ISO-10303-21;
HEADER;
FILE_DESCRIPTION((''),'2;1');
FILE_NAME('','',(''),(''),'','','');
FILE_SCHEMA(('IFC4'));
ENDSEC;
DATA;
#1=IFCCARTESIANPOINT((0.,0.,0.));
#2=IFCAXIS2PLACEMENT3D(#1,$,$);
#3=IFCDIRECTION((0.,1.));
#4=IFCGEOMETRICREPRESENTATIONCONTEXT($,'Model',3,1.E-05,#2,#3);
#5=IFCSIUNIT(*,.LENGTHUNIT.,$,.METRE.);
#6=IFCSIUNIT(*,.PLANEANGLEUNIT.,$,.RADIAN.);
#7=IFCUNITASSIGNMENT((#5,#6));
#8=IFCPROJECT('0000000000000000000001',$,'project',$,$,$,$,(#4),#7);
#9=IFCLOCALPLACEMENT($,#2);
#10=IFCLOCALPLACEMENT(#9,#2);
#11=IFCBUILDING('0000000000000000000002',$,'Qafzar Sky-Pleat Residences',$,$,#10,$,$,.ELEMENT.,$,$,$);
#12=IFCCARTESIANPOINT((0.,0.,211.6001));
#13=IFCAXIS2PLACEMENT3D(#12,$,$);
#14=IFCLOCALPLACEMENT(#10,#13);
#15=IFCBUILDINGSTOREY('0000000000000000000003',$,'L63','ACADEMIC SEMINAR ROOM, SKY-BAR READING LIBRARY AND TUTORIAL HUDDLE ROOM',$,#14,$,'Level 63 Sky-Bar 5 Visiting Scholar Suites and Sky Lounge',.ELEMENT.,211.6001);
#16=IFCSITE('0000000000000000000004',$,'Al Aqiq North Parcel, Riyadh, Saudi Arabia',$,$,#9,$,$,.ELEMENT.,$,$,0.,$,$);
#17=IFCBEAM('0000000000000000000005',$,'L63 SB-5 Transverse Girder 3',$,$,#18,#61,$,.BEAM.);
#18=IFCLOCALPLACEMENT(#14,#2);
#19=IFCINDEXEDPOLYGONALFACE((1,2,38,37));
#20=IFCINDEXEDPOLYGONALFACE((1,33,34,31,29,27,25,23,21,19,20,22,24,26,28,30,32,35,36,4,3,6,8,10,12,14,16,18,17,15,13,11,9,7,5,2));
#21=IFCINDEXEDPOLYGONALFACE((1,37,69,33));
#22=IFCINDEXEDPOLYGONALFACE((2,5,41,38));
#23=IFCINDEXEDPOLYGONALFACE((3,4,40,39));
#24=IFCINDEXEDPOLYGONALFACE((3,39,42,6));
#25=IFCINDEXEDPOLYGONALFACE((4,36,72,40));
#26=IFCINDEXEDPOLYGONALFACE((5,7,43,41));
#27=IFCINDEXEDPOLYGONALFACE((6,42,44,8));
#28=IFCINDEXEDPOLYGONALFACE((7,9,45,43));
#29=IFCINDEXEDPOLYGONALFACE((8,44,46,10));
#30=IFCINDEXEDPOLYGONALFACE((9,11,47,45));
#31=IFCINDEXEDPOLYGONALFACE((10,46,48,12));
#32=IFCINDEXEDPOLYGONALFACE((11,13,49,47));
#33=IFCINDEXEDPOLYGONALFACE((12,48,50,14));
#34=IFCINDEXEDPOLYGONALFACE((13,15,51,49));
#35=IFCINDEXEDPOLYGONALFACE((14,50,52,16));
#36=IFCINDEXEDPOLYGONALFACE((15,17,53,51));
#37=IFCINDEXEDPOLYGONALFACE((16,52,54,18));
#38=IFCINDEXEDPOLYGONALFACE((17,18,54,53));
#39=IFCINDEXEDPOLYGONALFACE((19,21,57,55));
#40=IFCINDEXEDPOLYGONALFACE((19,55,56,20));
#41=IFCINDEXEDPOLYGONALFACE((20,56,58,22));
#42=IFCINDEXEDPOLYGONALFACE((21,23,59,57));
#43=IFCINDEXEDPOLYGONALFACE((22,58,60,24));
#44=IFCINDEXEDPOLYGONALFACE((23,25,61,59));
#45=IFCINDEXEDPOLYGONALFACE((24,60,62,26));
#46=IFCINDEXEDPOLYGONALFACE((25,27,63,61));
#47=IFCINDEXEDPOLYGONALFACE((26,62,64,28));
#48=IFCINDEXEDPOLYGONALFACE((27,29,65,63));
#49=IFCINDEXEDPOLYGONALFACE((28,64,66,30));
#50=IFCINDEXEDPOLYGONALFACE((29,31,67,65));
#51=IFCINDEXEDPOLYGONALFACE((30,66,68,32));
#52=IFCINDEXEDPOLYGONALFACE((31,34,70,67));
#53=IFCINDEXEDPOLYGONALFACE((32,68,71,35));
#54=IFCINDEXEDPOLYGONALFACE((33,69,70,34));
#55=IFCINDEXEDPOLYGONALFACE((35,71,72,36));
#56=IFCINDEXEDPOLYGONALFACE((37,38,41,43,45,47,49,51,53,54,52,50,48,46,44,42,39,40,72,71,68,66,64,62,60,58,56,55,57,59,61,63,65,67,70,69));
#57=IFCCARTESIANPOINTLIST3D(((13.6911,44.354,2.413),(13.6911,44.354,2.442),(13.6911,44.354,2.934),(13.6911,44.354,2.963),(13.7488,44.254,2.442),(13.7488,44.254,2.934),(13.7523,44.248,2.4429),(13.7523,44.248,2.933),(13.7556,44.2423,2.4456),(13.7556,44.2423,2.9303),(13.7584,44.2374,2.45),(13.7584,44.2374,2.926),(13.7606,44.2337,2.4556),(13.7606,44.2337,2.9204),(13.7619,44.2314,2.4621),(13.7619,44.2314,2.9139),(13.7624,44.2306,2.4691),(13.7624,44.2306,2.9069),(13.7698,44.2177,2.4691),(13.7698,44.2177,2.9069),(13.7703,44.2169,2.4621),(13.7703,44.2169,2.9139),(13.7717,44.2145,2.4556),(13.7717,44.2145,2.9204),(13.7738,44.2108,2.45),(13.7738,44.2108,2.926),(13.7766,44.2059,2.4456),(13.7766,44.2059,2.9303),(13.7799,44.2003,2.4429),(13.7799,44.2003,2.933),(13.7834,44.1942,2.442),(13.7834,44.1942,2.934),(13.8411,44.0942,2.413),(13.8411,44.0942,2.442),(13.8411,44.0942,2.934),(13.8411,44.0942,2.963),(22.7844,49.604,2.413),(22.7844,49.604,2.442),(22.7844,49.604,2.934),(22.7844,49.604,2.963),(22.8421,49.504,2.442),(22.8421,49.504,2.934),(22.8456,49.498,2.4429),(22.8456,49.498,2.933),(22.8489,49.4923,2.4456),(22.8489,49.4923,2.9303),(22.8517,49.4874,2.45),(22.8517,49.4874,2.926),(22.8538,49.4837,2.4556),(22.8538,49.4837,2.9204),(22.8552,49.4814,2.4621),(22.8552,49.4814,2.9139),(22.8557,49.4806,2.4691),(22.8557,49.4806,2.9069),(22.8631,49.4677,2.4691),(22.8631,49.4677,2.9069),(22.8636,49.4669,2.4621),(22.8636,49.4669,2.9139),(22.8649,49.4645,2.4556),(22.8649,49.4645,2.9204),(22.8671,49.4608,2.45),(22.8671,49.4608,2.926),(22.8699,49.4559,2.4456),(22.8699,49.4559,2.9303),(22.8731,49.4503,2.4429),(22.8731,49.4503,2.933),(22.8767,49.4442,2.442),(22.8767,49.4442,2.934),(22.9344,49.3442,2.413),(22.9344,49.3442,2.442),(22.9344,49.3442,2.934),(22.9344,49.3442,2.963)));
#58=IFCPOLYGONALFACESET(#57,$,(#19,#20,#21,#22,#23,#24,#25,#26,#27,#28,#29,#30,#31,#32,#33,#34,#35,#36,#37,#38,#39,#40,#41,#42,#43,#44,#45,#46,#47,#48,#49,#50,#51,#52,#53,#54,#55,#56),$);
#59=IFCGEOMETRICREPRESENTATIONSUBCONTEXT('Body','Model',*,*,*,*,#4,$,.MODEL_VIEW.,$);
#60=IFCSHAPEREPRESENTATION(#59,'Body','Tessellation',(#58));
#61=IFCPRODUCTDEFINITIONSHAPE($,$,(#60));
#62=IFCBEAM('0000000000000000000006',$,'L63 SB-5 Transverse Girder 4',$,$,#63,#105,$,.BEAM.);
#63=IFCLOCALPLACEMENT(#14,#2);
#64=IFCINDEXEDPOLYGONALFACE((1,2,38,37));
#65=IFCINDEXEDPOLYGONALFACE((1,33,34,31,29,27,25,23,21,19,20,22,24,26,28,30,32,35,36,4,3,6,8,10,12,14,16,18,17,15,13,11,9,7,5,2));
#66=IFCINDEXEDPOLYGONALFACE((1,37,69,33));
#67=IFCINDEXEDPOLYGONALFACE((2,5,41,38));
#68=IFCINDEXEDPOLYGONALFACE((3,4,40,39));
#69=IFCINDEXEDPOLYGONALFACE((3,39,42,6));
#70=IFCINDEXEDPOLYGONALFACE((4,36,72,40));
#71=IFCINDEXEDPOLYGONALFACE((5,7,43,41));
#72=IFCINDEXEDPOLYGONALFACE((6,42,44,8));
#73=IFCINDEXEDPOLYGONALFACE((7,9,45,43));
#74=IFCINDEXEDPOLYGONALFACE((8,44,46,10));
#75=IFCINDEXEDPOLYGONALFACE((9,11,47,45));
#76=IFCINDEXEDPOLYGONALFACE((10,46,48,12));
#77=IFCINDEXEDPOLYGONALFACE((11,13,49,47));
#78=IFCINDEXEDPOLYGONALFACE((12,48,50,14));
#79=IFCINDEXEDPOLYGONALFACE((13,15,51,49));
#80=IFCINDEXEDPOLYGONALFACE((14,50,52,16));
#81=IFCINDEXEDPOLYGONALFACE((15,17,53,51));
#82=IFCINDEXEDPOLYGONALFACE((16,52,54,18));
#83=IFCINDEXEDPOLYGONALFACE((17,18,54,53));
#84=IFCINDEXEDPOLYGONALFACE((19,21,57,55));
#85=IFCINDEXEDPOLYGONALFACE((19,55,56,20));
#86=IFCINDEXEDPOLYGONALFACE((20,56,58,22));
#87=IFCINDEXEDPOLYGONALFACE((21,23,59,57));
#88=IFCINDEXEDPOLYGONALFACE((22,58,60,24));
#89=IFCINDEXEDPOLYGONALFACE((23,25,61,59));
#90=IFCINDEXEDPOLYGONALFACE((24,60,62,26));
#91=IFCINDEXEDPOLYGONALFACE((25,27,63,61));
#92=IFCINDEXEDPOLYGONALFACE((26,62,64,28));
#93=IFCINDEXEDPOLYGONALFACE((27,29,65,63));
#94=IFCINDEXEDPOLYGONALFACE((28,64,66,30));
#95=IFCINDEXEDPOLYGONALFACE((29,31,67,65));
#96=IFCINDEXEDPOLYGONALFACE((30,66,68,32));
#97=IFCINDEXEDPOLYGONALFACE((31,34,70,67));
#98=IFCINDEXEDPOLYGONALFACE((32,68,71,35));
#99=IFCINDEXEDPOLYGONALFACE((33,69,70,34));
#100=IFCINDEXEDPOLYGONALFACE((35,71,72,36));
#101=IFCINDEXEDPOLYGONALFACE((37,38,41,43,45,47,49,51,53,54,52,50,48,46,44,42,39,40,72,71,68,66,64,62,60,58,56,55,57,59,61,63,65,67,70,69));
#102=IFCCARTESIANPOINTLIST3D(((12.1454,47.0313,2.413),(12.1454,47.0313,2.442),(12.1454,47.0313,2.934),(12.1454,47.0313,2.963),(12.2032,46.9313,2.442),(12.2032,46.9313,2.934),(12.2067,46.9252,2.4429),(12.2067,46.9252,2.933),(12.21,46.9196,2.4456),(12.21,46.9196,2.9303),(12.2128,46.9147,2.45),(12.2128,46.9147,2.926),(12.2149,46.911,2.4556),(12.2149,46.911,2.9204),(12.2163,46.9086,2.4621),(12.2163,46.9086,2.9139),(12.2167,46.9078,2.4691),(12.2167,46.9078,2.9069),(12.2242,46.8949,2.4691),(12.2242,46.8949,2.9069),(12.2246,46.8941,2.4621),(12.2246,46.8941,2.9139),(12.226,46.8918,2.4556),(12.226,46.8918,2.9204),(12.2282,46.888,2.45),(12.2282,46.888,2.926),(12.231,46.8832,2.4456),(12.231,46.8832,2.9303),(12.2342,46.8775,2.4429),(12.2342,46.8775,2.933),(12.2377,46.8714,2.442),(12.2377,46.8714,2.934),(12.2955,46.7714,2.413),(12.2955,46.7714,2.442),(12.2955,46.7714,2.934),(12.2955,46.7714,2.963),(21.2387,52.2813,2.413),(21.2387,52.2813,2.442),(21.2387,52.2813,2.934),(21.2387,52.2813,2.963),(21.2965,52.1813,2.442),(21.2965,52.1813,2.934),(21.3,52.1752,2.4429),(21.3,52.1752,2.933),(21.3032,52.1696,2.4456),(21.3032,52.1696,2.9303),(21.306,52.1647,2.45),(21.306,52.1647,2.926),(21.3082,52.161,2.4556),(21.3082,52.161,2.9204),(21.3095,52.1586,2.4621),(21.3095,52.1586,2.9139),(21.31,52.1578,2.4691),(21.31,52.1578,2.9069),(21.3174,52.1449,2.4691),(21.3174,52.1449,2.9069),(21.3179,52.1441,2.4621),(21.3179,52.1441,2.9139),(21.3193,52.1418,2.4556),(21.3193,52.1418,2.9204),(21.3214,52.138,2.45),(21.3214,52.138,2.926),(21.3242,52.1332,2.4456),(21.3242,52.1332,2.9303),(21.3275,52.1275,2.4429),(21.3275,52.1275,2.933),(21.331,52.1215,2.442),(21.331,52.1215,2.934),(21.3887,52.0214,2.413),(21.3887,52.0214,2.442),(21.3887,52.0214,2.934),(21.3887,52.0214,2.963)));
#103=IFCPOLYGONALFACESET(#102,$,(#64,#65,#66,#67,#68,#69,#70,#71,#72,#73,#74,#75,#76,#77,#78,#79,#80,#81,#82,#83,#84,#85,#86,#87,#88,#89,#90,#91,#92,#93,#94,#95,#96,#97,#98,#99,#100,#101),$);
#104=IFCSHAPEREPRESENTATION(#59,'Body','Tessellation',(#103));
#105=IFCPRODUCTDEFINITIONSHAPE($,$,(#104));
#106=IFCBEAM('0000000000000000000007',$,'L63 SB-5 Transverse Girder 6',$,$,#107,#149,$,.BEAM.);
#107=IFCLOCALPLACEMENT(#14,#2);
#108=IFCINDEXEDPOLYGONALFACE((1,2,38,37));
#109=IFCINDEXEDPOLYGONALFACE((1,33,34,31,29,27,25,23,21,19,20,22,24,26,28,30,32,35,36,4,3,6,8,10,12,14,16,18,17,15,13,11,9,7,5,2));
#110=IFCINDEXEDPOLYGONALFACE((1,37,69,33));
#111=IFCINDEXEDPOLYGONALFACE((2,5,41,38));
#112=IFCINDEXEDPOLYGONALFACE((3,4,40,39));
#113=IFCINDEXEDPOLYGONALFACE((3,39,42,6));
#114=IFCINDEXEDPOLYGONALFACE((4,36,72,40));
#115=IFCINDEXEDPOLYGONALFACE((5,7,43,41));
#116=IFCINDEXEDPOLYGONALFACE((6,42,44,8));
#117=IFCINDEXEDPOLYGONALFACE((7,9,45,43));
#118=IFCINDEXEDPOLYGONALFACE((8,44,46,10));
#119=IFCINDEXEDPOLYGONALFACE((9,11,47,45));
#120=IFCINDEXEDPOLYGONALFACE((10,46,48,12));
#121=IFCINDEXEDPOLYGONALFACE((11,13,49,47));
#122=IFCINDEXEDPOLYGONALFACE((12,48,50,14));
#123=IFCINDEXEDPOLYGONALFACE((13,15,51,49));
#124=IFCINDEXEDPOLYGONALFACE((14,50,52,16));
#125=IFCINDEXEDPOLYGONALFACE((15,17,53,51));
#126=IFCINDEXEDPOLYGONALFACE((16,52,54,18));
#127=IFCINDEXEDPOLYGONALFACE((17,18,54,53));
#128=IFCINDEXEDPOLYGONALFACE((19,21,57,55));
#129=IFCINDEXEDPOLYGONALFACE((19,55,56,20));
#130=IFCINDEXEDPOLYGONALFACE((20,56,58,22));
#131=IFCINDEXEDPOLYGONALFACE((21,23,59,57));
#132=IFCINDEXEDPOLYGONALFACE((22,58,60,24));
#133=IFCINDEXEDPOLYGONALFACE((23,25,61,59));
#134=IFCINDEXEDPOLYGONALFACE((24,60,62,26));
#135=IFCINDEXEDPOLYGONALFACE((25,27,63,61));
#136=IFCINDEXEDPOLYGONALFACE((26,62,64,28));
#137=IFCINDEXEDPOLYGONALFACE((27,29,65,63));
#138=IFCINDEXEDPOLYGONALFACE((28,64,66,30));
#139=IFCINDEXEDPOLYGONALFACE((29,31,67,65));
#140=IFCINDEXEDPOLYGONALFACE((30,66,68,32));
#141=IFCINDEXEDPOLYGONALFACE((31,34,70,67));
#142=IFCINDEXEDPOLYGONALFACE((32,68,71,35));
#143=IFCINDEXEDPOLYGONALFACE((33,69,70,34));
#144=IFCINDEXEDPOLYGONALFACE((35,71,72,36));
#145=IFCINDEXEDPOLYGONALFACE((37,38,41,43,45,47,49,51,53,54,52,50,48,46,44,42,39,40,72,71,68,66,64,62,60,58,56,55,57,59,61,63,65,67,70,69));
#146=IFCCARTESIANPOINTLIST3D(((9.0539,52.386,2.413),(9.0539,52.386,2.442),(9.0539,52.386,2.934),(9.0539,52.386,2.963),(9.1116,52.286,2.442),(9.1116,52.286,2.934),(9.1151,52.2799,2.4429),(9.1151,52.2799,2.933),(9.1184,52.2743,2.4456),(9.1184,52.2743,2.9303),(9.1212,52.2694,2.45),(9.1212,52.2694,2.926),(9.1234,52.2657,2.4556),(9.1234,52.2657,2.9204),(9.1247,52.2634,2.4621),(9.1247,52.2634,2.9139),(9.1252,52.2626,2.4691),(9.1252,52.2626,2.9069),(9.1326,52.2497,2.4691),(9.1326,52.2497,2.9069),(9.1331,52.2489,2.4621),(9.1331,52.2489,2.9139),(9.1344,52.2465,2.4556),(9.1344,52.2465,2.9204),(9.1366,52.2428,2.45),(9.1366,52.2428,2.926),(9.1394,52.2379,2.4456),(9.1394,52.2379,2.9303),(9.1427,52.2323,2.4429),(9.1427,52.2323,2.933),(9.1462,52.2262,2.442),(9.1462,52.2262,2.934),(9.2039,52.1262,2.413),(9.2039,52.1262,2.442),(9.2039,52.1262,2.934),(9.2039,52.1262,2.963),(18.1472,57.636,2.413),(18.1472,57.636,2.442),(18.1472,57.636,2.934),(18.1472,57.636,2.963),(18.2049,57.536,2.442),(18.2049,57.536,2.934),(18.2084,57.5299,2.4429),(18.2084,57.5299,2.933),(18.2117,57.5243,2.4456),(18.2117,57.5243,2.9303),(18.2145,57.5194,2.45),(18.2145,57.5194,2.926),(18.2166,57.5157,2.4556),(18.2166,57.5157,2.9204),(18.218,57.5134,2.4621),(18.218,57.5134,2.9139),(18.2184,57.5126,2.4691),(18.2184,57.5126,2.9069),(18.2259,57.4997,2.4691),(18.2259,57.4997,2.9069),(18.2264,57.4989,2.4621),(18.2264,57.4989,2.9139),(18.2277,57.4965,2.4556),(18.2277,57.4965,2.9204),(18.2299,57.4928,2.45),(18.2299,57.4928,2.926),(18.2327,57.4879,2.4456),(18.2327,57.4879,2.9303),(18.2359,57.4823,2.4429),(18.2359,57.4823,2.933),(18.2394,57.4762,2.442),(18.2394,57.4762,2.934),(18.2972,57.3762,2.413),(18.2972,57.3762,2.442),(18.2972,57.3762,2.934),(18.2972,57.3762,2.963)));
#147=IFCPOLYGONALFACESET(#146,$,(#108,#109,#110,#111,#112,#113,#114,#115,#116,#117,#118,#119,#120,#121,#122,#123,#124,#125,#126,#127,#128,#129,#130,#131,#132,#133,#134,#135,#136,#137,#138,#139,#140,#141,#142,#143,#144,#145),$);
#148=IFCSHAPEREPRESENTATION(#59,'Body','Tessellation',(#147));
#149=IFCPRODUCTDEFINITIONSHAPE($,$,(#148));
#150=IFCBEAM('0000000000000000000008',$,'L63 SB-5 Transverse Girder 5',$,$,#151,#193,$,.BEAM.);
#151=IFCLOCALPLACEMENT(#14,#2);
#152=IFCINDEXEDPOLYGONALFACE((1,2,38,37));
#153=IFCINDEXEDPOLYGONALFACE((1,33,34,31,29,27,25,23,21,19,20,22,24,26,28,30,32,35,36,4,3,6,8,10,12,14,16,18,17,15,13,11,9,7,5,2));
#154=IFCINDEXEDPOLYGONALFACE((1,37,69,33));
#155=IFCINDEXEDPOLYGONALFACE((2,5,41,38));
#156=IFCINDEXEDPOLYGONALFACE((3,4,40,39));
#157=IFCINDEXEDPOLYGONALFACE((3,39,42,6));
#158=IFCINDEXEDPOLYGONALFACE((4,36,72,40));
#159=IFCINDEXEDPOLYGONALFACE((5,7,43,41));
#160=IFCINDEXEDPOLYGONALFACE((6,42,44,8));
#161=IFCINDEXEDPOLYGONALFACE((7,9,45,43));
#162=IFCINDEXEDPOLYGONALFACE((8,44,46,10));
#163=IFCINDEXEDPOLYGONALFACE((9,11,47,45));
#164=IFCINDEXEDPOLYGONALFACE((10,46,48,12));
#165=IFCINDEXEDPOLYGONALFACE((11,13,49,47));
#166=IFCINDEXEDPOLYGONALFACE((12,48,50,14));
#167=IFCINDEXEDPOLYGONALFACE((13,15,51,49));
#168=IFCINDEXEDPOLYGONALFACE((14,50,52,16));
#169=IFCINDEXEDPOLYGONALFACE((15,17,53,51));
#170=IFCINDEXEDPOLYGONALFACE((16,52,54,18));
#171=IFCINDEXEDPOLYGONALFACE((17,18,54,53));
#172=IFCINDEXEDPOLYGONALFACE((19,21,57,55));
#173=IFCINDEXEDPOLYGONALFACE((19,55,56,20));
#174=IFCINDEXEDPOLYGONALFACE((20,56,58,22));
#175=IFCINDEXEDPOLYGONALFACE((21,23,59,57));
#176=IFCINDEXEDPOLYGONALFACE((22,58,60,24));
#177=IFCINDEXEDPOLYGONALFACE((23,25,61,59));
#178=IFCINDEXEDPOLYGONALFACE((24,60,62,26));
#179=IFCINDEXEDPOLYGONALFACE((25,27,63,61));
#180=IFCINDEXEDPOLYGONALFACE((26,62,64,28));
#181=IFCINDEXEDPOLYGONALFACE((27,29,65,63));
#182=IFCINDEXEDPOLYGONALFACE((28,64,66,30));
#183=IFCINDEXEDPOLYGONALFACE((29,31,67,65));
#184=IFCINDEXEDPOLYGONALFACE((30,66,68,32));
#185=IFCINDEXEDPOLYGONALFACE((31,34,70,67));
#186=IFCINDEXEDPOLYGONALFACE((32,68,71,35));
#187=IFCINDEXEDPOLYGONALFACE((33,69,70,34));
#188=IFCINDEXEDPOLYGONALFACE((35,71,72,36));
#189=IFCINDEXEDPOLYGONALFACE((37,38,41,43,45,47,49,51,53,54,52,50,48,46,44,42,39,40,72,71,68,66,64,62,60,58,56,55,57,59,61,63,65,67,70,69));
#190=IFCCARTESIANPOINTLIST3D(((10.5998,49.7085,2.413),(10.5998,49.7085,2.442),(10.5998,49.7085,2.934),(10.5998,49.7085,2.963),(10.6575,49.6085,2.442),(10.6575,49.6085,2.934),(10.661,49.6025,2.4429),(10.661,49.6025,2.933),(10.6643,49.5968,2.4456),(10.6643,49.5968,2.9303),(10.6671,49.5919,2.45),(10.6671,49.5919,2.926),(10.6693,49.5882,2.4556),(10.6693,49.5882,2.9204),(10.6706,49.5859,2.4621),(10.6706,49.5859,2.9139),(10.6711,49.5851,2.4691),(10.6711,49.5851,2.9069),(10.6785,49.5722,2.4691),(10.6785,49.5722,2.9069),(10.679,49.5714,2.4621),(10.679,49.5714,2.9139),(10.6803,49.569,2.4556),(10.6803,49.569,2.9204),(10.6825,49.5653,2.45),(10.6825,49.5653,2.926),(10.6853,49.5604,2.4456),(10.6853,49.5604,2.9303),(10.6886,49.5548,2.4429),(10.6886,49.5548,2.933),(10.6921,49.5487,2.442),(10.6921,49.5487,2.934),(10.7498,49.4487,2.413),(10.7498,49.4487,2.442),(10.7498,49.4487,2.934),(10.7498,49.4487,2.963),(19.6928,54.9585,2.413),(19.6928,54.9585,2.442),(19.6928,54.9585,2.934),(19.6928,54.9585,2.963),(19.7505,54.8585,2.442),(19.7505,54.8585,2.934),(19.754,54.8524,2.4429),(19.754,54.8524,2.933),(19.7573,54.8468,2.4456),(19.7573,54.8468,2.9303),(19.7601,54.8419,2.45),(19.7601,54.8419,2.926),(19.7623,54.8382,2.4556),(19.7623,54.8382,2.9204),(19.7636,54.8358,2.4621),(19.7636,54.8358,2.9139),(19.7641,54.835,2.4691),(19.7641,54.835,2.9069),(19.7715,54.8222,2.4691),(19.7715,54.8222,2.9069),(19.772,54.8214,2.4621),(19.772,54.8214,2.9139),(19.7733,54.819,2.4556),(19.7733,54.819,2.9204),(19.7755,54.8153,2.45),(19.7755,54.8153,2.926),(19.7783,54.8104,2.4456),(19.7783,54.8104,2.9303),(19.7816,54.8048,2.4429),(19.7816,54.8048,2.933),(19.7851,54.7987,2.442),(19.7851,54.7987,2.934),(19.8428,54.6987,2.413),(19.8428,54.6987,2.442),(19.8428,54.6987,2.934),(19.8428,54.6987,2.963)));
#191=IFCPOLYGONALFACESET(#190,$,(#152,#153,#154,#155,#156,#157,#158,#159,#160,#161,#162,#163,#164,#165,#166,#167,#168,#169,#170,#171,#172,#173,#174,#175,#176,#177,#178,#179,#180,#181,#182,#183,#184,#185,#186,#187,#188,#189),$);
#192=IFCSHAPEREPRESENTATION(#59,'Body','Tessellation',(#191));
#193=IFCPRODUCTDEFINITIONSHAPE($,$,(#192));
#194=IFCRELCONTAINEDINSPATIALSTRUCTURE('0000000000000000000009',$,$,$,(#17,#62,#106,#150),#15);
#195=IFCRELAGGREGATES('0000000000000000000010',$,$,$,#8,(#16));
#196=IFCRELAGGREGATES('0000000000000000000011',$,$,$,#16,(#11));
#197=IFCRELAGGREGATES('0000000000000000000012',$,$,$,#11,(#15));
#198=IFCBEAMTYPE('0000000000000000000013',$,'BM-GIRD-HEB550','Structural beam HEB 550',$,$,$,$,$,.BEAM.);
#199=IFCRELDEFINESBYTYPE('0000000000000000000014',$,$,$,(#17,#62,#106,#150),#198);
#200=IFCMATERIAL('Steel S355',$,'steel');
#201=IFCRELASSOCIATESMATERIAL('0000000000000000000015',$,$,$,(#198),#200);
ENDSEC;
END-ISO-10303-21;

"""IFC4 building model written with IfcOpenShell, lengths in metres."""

from ifc_helpers import new_model, si_unit, direction, frame, origin, origin_2d, place, context, subcontext, project, spatial, i_section, extrude, source, transform, mapped, material, material_profile, profile_set, type_object, element, save


model = new_model("IFC4")

# Units and contexts
model_context = context("Model", 3, precision=1e-05, world=origin(), true_north=direction((0.0, 1.0)))
body_context = subcontext(model_context, "Body", "Model", "MODEL_VIEW")
ifc_project = project(units=[si_unit("LENGTHUNIT", "METRE"), si_unit("PLANEANGLEUNIT", "RADIAN")], contexts=[model_context])

# Site, building, storey
site_placement = place(None, origin())
site = spatial("IfcSite", under=ifc_project, at=site_placement, Name="Al Aqiq North Parcel, Riyadh, Saudi Arabia", CompositionType="ELEMENT", RefElevation=0.0)
building_placement = place(site_placement, origin())
building = spatial("IfcBuilding", under=site, at=building_placement, Name="Qafzar Sky-Pleat Residences", CompositionType="ELEMENT")
storey_placement = place(building_placement, frame((0.0, 0.0, 211.6001)))
storey = spatial("IfcBuildingStorey", under=building, at=storey_placement, Name="L63", Description="ACADEMIC SEMINAR ROOM, SKY-BAR READING LIBRARY AND TUTORIAL HUDDLE ROOM", LongName="Level 63 Sky-Bar 5 Visiting Scholar Suites and Sky Lounge", CompositionType="ELEMENT", Elevation=211.6001)

# Beams
ifc_material_1 = material(Name="Steel S355", Category="steel")
ifc_material_profile_1 = material_profile(ifc_material_1, i_section(OverallWidth=0.3, OverallDepth=0.55, WebThickness=0.0149, FlangeThickness=0.0291, FilletRadius=0.0271, at=origin_2d()), Name="HEB 550")
ifc_profile_set_1 = profile_set([ifc_material_profile_1], Name="Steel S355")
beam_type_1 = type_object("IfcBeamType", Name="BM-GIRD-HEB550", Description="Structural beam HEB 550", PredefinedType="BEAM", material=ifc_profile_set_1)
shared_shape_1 = source(origin(), body_context, "Body", "SweptSolid", [
    extrude(i_section(OverallWidth=0.3, OverallDepth=0.55, WebThickness=0.0149, FlangeThickness=0.0291, FilletRadius=0.0271, at=origin_2d()), origin(), (0.0, 0.0, 1.0), 10.5),
])
for number, where, z_axis, x_axis, name in (
    (1, (13.7661, 44.2241, 2.688), (0.866025, 0.5, 0.0), (-0.5, 0.866025, 0.0), "L63 SB-5 Transverse Girder 3"),
    (2, (12.2205, 46.9014, 2.688), (0.866025, 0.5, 0.0), (-0.5, 0.866025, 0.0), "L63 SB-5 Transverse Girder 4"),
    (3, (9.1289, 52.2561, 2.688), (0.866025, 0.5, 0.0), (-0.5, 0.866025, 0.0), "L63 SB-5 Transverse Girder 6"),
):
    element("IfcBeam", number, at=place(storey_placement, frame(where, z_axis=z_axis, x_axis=x_axis)), inside=storey, type_object=beam_type_1, Name=name, PredefinedType="BEAM", context=body_context, shape_type="MappedRepresentation", body=[
        mapped(shared_shape_1, transform((0.0, 0.0, 0.0), x_axis=(1.0, 0.0, 0.0), y_axis=(0.0, 1.0, 0.0), z_axis=(0.0, 0.0, 1.0), scale=1.0)),
    ])
shared_shape_2 = source(origin(), body_context, "Body", "SweptSolid", [
    extrude(i_section(OverallWidth=0.3, OverallDepth=0.55, WebThickness=0.0149, FlangeThickness=0.0291, FilletRadius=0.0271, at=origin_2d()), origin(), (0.0, 0.0, 1.0), 10.4998),
])
beam_placement = place(storey_placement, frame((10.6748, 49.5786, 2.688), z_axis=(0.866019, 0.50001, 0.0), x_axis=(-0.50001, 0.866019, 0.0)))
element("IfcBeam", 4, at=beam_placement, inside=storey, type_object=beam_type_1, Name="L63 SB-5 Transverse Girder 5", PredefinedType="BEAM", context=body_context, shape_type="MappedRepresentation", body=[
    mapped(shared_shape_2, transform((0.0, 0.0, 0.0), x_axis=(1.0, 0.0, 0.0), y_axis=(0.0, 1.0, 0.0), z_axis=(0.0, 0.0, 1.0), scale=1.0)),
])

save(model, "model.ifc")
